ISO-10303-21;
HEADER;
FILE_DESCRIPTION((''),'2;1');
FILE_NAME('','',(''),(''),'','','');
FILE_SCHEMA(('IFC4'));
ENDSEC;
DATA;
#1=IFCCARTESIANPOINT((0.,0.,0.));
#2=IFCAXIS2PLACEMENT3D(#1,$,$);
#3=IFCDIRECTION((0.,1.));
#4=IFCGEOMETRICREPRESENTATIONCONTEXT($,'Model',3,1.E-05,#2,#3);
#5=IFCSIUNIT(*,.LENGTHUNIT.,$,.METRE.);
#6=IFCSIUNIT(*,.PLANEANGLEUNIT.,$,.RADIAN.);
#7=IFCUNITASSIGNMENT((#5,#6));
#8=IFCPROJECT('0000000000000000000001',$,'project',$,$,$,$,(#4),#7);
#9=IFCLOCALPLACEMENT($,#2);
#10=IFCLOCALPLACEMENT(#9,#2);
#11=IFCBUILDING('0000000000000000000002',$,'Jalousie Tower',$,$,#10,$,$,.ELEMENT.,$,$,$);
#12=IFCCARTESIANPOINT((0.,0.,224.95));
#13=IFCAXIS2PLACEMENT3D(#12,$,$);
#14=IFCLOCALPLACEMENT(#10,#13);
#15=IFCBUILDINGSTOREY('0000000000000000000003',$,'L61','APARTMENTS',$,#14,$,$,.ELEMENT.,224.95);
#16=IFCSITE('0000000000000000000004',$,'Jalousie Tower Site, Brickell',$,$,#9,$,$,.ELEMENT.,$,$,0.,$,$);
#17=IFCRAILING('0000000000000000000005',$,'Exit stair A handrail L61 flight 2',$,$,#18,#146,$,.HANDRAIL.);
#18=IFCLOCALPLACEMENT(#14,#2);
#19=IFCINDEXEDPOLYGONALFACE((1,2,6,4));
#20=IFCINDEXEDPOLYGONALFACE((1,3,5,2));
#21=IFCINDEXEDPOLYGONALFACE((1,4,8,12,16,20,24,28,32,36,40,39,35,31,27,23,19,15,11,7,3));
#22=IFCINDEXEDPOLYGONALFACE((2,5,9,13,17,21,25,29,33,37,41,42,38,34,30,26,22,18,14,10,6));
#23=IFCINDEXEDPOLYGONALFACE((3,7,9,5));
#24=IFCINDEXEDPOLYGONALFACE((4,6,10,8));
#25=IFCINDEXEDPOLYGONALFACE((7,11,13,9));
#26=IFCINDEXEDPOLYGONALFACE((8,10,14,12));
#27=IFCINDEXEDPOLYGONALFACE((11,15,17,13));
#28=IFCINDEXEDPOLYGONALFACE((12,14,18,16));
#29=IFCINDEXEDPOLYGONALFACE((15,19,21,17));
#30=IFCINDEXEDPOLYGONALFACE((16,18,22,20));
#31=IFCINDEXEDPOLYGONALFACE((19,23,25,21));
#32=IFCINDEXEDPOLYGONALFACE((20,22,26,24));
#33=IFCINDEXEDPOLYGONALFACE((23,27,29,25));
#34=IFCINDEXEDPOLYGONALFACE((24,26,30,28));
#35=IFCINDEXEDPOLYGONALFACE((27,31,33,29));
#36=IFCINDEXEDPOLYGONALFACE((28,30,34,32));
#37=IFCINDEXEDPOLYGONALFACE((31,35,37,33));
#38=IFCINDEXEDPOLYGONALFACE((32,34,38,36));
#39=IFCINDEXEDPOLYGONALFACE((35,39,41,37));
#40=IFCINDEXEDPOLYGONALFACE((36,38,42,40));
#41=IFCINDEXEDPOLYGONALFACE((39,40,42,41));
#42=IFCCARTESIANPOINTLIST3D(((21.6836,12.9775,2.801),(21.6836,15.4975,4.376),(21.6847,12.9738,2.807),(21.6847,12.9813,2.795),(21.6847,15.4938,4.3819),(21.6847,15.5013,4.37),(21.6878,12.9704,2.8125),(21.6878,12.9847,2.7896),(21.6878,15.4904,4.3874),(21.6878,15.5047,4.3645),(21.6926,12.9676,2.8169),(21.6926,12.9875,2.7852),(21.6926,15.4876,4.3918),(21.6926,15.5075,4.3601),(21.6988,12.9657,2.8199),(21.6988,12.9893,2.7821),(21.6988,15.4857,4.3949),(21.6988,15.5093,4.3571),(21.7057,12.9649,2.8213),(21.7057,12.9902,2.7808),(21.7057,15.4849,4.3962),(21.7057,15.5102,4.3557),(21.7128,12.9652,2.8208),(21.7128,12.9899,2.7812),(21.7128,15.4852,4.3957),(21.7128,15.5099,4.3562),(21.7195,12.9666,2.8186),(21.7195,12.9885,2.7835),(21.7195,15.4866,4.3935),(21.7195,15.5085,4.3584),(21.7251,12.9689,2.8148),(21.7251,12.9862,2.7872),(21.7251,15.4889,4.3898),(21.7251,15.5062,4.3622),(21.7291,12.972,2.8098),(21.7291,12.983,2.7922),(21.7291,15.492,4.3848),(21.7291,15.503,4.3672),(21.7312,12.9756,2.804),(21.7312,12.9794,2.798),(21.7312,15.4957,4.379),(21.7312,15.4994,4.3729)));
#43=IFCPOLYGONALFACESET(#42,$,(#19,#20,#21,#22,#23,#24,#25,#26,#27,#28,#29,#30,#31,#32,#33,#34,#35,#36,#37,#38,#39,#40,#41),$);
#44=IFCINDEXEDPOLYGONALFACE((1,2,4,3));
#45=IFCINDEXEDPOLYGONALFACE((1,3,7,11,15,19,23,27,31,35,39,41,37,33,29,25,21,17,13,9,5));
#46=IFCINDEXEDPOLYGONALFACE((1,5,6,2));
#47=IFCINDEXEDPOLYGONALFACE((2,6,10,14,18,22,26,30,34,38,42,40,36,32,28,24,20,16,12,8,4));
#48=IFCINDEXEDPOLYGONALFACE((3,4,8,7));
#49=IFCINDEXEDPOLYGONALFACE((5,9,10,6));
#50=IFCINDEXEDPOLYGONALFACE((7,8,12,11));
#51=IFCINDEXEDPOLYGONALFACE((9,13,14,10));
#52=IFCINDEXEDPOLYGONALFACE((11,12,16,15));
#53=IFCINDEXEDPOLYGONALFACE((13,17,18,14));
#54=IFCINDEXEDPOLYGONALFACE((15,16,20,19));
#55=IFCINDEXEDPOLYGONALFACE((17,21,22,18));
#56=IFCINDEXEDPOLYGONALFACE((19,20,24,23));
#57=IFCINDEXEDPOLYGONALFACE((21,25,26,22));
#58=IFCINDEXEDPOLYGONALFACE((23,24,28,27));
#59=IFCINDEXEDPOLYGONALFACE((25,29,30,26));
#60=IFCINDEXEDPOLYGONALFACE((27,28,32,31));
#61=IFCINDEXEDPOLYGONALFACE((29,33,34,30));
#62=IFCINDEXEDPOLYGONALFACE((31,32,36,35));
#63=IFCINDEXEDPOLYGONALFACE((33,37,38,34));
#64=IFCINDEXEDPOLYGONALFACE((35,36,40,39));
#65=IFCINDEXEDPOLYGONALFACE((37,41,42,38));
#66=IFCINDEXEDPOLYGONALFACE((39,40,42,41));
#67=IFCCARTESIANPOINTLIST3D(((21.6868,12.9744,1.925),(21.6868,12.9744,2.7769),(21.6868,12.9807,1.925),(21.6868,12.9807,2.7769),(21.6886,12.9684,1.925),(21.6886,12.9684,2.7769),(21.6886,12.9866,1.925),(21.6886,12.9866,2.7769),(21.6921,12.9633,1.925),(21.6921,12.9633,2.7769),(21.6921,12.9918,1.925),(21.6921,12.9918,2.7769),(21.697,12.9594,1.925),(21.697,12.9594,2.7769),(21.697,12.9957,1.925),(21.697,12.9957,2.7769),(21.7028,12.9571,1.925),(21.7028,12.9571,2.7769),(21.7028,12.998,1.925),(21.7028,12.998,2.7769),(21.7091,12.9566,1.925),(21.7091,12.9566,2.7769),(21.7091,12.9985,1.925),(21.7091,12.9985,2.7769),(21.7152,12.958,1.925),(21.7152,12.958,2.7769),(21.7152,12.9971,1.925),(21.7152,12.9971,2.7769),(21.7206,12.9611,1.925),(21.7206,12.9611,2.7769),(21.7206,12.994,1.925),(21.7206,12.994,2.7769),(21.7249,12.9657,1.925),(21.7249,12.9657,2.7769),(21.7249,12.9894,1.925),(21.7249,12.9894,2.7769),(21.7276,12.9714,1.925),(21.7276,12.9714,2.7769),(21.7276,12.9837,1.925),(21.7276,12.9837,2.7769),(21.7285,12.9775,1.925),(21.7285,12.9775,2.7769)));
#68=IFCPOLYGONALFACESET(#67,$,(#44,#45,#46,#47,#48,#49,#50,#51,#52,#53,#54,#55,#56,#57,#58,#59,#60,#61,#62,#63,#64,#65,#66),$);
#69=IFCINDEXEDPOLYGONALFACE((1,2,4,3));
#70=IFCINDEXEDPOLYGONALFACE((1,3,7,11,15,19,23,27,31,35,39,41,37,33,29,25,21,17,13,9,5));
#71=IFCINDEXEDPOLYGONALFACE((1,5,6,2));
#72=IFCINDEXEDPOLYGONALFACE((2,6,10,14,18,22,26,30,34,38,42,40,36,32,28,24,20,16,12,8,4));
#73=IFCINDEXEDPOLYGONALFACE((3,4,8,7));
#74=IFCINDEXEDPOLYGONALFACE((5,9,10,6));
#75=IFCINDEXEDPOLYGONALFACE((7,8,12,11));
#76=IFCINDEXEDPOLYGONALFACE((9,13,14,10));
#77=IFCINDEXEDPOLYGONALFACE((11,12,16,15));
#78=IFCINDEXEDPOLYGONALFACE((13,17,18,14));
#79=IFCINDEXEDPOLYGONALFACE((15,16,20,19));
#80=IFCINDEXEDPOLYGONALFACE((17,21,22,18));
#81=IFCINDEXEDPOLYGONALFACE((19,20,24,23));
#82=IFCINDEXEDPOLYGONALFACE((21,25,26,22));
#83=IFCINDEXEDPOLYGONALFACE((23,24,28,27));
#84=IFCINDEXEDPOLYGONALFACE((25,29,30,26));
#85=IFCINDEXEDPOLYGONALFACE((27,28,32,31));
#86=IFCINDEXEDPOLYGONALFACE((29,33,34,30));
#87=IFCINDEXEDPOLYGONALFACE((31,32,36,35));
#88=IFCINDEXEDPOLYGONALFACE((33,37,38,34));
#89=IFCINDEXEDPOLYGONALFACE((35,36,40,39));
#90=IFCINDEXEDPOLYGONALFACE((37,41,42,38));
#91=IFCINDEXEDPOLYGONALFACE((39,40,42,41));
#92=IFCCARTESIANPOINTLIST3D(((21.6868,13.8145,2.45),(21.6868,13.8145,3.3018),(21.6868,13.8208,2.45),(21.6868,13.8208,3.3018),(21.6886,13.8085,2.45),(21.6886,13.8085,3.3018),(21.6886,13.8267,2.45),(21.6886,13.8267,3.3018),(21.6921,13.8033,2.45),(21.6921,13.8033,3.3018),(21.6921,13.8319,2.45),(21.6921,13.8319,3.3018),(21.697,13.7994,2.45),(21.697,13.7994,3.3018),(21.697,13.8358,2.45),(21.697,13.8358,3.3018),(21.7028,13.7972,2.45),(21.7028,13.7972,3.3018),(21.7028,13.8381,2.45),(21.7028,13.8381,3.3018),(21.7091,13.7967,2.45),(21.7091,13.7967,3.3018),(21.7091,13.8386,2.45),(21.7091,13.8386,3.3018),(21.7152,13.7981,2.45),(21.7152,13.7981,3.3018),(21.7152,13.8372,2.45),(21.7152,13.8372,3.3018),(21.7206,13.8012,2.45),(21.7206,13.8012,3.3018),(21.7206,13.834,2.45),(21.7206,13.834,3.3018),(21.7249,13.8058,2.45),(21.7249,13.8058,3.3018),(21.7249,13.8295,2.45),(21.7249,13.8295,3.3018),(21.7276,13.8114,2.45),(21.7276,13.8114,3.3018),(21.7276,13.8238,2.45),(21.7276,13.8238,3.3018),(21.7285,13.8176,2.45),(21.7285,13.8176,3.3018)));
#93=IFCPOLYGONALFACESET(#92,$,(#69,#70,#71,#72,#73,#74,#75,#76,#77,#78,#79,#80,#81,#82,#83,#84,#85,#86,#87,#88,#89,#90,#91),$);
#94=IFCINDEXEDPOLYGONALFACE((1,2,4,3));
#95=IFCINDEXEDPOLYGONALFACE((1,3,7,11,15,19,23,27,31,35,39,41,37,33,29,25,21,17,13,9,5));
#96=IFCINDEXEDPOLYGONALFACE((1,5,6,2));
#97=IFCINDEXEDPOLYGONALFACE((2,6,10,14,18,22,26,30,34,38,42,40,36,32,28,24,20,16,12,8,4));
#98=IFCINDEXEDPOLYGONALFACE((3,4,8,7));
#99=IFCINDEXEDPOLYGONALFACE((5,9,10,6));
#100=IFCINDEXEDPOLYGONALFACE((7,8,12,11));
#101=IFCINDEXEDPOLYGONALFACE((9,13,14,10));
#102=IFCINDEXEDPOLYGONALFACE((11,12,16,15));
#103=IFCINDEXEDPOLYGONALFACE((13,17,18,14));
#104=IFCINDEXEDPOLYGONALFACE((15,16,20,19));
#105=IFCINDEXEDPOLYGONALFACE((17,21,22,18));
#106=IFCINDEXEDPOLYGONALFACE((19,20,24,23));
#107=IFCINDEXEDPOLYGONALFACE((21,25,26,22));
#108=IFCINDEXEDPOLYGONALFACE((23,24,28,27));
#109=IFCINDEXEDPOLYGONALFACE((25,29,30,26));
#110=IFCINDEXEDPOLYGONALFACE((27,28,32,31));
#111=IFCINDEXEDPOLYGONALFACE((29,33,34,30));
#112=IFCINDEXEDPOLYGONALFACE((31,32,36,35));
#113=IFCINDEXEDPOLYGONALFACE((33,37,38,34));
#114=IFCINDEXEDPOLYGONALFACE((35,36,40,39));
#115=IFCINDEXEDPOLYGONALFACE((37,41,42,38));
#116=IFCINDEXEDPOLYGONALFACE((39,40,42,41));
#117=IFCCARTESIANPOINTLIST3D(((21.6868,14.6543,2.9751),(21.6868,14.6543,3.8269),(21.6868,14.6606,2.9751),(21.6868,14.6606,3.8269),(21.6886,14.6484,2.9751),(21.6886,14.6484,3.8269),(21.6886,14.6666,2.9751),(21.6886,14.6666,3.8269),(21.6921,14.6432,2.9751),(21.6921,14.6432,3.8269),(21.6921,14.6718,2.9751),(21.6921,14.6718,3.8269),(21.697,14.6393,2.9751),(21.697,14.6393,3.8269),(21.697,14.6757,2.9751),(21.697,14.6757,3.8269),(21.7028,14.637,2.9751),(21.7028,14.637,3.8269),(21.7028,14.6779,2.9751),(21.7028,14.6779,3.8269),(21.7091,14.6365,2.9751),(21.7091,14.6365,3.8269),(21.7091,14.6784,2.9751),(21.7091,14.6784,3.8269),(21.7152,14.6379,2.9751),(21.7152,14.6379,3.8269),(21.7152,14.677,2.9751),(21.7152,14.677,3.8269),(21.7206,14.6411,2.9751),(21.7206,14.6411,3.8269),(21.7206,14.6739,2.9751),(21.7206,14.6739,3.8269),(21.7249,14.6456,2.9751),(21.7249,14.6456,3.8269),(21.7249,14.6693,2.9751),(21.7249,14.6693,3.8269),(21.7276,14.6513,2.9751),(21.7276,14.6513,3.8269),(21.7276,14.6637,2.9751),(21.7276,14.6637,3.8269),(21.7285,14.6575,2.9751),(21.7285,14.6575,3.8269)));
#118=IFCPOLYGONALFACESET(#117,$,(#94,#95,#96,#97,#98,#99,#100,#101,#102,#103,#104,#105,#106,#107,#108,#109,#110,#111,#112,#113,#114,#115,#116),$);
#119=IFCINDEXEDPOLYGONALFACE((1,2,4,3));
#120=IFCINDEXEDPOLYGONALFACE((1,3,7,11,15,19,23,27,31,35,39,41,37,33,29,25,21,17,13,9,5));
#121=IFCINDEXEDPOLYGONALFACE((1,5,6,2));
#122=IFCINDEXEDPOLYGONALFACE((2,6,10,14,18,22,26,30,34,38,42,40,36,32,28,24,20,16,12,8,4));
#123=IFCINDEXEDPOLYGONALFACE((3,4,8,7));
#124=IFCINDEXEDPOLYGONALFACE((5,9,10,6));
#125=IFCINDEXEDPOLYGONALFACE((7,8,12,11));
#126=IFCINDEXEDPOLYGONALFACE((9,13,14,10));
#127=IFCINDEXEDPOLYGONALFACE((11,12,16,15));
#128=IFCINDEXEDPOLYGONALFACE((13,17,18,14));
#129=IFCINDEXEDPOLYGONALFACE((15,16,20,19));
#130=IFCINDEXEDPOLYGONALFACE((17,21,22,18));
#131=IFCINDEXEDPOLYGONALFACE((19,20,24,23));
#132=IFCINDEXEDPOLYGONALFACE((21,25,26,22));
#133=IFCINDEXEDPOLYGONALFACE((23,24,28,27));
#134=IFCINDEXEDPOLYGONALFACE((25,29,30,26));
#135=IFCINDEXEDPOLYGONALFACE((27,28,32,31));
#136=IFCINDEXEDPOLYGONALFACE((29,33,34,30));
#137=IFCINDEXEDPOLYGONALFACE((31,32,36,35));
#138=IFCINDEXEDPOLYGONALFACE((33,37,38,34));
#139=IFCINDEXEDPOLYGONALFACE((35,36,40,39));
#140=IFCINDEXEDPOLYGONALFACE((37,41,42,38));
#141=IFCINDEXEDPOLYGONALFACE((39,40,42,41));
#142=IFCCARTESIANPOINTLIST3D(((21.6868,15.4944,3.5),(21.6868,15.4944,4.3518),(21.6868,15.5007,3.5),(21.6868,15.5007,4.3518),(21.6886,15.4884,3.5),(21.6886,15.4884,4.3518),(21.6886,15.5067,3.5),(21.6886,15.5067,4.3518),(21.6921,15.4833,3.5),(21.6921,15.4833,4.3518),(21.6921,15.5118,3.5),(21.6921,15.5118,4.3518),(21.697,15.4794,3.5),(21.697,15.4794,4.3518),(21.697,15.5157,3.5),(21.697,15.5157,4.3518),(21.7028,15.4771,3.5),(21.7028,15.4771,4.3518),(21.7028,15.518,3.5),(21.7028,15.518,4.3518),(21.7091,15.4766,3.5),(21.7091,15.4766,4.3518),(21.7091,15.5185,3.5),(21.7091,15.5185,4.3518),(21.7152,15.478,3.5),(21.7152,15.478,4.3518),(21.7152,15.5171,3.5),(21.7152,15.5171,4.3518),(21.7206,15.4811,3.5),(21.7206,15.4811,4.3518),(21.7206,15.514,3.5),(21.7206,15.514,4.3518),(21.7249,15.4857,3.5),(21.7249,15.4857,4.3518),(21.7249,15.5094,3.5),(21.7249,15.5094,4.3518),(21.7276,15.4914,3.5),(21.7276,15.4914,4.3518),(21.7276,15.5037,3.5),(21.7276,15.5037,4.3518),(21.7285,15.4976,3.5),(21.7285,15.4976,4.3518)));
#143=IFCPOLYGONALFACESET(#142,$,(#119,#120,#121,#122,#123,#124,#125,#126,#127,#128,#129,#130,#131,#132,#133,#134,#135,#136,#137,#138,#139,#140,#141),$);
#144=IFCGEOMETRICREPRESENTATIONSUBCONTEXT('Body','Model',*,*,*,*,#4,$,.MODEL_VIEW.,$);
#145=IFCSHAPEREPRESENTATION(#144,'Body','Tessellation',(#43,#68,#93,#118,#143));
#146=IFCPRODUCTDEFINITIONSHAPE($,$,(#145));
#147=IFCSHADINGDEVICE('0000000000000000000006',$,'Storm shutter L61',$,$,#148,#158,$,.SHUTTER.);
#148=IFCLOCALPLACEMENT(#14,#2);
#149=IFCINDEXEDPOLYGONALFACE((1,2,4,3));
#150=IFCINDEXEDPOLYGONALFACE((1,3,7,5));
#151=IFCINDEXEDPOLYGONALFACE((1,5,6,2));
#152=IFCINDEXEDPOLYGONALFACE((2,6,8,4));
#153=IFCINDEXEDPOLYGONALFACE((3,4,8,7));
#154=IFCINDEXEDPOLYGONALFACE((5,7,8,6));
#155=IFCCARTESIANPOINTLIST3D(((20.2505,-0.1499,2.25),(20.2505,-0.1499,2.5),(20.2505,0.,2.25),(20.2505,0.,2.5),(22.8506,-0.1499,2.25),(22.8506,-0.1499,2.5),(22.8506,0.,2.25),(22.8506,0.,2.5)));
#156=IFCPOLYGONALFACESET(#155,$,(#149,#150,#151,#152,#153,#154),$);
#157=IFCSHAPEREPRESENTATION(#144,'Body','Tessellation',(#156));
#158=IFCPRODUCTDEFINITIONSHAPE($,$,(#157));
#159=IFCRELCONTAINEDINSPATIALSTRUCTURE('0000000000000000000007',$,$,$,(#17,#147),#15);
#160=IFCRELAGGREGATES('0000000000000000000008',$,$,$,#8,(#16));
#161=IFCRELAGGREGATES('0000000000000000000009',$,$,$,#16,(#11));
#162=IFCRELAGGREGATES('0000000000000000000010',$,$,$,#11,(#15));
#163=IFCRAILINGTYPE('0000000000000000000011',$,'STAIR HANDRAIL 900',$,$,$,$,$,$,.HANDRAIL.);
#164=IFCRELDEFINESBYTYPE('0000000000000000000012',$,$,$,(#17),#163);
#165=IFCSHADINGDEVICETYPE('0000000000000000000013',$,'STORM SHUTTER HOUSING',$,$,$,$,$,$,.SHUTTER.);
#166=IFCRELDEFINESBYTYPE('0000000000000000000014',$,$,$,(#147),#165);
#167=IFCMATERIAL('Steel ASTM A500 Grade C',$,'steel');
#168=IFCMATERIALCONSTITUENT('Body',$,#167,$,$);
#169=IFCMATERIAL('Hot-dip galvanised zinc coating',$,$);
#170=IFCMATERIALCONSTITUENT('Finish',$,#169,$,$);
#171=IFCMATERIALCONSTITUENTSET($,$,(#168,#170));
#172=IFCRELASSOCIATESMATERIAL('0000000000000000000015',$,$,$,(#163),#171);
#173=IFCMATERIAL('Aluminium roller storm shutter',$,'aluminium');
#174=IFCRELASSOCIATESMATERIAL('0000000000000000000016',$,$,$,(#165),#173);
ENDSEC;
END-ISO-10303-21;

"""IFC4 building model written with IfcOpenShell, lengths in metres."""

from ifc_helpers import new_model, si_unit, direction, frame, origin, origin_2d, place, context, subcontext, project, spatial, rectangle, circle, extrude, material, constituent, constituent_set, type_object, element, save


model = new_model("IFC4")

# Units and contexts
model_context = context("Model", 3, precision=1e-05, world=origin(), true_north=direction((0.0, 1.0)))
body_context = subcontext(model_context, "Body", "Model", "MODEL_VIEW")
ifc_project = project(units=[si_unit("LENGTHUNIT", "METRE"), si_unit("PLANEANGLEUNIT", "RADIAN")], contexts=[model_context])

# Site, building, storey
site_placement = place(None, origin())
site = spatial("IfcSite", under=ifc_project, at=site_placement, Name="Jalousie Tower Site, Brickell", CompositionType="ELEMENT", RefElevation=0.0)
building_placement = place(site_placement, origin())
building = spatial("IfcBuilding", under=site, at=building_placement, Name="Jalousie Tower", CompositionType="ELEMENT")
storey_placement = place(building_placement, frame((0.0, 0.0, 224.95)))
storey = spatial("IfcBuildingStorey", under=building, at=storey_placement, Name="L61", Description="APARTMENTS", CompositionType="ELEMENT", Elevation=224.95)

# Railing
ifc_material_1 = material(Name="Steel ASTM A500 Grade C", Category="steel")
ifc_constituent_1 = constituent(ifc_material_1, Name="Body")
ifc_material_2 = material(Name="Hot-dip galvanised zinc coating")
ifc_constituent_2 = constituent(ifc_material_2, Name="Finish")
ifc_constituent_set_1 = constituent_set(constituents=[ifc_constituent_1, ifc_constituent_2])
railing_type_1 = type_object("IfcRailingType", Name="STAIR HANDRAIL 900", PredefinedType="HANDRAIL", material=ifc_constituent_set_1)
railing_1_placement = place(storey_placement, frame((21.7075, 12.9775, 1.925)))
element("IfcRailing", 1, at=railing_1_placement, inside=storey, type_object=railing_type_1, Name="Exit stair A handrail L61 flight 2", PredefinedType="HANDRAIL", context=body_context, shape_type="SweptSolid", body=[
    extrude(circle(Radius=0.0239, at=origin_2d()), frame((0.0, 0.0, 0.876), z_axis=(0.0, 0.848008, 0.529984), x_axis=(-1.0, 0.0, 0.0)), (0.0, 0.0, 1.0), 2.9717),
    extrude(circle(Radius=0.021, at=origin_2d()), origin(), (0.0, 0.0, 1.0), 0.8518),
    extrude(circle(Radius=0.021, at=origin_2d()), frame((0.0, 0.8401, 0.5249)), (0.0, 0.0, 1.0), 0.8518),
    extrude(circle(Radius=0.021, at=origin_2d()), frame((0.0, 1.6799, 1.05)), (0.0, 0.0, 1.0), 0.8518),
    extrude(circle(Radius=0.021, at=origin_2d()), frame((0.0, 2.52, 1.575)), (0.0, 0.0, 1.0), 0.8518),
])

# Shading device
ifc_material_3 = material(Name="Aluminium roller storm shutter", Category="aluminium")
shading_device_type = type_object("IfcShadingDeviceType", Name="STORM SHUTTER HOUSING", PredefinedType="SHUTTER", material=ifc_material_3)
shading_device_placement = place(storey_placement, frame((21.5505, -0.075, 2.25), z_axis=(0.0, 0.0, 1.0), x_axis=(1.0, 0.0, 0.0)))
element("IfcShadingDevice", 2, at=shading_device_placement, inside=storey, type_object=shading_device_type, Name="Storm shutter L61", PredefinedType="SHUTTER", context=body_context, shape_type="SweptSolid", body=[
    extrude(rectangle(XDim=2.6001, YDim=0.1499, at=origin_2d()), origin(), (0.0, 0.0, 1.0), 0.25),
])

save(model, "model.ifc")
